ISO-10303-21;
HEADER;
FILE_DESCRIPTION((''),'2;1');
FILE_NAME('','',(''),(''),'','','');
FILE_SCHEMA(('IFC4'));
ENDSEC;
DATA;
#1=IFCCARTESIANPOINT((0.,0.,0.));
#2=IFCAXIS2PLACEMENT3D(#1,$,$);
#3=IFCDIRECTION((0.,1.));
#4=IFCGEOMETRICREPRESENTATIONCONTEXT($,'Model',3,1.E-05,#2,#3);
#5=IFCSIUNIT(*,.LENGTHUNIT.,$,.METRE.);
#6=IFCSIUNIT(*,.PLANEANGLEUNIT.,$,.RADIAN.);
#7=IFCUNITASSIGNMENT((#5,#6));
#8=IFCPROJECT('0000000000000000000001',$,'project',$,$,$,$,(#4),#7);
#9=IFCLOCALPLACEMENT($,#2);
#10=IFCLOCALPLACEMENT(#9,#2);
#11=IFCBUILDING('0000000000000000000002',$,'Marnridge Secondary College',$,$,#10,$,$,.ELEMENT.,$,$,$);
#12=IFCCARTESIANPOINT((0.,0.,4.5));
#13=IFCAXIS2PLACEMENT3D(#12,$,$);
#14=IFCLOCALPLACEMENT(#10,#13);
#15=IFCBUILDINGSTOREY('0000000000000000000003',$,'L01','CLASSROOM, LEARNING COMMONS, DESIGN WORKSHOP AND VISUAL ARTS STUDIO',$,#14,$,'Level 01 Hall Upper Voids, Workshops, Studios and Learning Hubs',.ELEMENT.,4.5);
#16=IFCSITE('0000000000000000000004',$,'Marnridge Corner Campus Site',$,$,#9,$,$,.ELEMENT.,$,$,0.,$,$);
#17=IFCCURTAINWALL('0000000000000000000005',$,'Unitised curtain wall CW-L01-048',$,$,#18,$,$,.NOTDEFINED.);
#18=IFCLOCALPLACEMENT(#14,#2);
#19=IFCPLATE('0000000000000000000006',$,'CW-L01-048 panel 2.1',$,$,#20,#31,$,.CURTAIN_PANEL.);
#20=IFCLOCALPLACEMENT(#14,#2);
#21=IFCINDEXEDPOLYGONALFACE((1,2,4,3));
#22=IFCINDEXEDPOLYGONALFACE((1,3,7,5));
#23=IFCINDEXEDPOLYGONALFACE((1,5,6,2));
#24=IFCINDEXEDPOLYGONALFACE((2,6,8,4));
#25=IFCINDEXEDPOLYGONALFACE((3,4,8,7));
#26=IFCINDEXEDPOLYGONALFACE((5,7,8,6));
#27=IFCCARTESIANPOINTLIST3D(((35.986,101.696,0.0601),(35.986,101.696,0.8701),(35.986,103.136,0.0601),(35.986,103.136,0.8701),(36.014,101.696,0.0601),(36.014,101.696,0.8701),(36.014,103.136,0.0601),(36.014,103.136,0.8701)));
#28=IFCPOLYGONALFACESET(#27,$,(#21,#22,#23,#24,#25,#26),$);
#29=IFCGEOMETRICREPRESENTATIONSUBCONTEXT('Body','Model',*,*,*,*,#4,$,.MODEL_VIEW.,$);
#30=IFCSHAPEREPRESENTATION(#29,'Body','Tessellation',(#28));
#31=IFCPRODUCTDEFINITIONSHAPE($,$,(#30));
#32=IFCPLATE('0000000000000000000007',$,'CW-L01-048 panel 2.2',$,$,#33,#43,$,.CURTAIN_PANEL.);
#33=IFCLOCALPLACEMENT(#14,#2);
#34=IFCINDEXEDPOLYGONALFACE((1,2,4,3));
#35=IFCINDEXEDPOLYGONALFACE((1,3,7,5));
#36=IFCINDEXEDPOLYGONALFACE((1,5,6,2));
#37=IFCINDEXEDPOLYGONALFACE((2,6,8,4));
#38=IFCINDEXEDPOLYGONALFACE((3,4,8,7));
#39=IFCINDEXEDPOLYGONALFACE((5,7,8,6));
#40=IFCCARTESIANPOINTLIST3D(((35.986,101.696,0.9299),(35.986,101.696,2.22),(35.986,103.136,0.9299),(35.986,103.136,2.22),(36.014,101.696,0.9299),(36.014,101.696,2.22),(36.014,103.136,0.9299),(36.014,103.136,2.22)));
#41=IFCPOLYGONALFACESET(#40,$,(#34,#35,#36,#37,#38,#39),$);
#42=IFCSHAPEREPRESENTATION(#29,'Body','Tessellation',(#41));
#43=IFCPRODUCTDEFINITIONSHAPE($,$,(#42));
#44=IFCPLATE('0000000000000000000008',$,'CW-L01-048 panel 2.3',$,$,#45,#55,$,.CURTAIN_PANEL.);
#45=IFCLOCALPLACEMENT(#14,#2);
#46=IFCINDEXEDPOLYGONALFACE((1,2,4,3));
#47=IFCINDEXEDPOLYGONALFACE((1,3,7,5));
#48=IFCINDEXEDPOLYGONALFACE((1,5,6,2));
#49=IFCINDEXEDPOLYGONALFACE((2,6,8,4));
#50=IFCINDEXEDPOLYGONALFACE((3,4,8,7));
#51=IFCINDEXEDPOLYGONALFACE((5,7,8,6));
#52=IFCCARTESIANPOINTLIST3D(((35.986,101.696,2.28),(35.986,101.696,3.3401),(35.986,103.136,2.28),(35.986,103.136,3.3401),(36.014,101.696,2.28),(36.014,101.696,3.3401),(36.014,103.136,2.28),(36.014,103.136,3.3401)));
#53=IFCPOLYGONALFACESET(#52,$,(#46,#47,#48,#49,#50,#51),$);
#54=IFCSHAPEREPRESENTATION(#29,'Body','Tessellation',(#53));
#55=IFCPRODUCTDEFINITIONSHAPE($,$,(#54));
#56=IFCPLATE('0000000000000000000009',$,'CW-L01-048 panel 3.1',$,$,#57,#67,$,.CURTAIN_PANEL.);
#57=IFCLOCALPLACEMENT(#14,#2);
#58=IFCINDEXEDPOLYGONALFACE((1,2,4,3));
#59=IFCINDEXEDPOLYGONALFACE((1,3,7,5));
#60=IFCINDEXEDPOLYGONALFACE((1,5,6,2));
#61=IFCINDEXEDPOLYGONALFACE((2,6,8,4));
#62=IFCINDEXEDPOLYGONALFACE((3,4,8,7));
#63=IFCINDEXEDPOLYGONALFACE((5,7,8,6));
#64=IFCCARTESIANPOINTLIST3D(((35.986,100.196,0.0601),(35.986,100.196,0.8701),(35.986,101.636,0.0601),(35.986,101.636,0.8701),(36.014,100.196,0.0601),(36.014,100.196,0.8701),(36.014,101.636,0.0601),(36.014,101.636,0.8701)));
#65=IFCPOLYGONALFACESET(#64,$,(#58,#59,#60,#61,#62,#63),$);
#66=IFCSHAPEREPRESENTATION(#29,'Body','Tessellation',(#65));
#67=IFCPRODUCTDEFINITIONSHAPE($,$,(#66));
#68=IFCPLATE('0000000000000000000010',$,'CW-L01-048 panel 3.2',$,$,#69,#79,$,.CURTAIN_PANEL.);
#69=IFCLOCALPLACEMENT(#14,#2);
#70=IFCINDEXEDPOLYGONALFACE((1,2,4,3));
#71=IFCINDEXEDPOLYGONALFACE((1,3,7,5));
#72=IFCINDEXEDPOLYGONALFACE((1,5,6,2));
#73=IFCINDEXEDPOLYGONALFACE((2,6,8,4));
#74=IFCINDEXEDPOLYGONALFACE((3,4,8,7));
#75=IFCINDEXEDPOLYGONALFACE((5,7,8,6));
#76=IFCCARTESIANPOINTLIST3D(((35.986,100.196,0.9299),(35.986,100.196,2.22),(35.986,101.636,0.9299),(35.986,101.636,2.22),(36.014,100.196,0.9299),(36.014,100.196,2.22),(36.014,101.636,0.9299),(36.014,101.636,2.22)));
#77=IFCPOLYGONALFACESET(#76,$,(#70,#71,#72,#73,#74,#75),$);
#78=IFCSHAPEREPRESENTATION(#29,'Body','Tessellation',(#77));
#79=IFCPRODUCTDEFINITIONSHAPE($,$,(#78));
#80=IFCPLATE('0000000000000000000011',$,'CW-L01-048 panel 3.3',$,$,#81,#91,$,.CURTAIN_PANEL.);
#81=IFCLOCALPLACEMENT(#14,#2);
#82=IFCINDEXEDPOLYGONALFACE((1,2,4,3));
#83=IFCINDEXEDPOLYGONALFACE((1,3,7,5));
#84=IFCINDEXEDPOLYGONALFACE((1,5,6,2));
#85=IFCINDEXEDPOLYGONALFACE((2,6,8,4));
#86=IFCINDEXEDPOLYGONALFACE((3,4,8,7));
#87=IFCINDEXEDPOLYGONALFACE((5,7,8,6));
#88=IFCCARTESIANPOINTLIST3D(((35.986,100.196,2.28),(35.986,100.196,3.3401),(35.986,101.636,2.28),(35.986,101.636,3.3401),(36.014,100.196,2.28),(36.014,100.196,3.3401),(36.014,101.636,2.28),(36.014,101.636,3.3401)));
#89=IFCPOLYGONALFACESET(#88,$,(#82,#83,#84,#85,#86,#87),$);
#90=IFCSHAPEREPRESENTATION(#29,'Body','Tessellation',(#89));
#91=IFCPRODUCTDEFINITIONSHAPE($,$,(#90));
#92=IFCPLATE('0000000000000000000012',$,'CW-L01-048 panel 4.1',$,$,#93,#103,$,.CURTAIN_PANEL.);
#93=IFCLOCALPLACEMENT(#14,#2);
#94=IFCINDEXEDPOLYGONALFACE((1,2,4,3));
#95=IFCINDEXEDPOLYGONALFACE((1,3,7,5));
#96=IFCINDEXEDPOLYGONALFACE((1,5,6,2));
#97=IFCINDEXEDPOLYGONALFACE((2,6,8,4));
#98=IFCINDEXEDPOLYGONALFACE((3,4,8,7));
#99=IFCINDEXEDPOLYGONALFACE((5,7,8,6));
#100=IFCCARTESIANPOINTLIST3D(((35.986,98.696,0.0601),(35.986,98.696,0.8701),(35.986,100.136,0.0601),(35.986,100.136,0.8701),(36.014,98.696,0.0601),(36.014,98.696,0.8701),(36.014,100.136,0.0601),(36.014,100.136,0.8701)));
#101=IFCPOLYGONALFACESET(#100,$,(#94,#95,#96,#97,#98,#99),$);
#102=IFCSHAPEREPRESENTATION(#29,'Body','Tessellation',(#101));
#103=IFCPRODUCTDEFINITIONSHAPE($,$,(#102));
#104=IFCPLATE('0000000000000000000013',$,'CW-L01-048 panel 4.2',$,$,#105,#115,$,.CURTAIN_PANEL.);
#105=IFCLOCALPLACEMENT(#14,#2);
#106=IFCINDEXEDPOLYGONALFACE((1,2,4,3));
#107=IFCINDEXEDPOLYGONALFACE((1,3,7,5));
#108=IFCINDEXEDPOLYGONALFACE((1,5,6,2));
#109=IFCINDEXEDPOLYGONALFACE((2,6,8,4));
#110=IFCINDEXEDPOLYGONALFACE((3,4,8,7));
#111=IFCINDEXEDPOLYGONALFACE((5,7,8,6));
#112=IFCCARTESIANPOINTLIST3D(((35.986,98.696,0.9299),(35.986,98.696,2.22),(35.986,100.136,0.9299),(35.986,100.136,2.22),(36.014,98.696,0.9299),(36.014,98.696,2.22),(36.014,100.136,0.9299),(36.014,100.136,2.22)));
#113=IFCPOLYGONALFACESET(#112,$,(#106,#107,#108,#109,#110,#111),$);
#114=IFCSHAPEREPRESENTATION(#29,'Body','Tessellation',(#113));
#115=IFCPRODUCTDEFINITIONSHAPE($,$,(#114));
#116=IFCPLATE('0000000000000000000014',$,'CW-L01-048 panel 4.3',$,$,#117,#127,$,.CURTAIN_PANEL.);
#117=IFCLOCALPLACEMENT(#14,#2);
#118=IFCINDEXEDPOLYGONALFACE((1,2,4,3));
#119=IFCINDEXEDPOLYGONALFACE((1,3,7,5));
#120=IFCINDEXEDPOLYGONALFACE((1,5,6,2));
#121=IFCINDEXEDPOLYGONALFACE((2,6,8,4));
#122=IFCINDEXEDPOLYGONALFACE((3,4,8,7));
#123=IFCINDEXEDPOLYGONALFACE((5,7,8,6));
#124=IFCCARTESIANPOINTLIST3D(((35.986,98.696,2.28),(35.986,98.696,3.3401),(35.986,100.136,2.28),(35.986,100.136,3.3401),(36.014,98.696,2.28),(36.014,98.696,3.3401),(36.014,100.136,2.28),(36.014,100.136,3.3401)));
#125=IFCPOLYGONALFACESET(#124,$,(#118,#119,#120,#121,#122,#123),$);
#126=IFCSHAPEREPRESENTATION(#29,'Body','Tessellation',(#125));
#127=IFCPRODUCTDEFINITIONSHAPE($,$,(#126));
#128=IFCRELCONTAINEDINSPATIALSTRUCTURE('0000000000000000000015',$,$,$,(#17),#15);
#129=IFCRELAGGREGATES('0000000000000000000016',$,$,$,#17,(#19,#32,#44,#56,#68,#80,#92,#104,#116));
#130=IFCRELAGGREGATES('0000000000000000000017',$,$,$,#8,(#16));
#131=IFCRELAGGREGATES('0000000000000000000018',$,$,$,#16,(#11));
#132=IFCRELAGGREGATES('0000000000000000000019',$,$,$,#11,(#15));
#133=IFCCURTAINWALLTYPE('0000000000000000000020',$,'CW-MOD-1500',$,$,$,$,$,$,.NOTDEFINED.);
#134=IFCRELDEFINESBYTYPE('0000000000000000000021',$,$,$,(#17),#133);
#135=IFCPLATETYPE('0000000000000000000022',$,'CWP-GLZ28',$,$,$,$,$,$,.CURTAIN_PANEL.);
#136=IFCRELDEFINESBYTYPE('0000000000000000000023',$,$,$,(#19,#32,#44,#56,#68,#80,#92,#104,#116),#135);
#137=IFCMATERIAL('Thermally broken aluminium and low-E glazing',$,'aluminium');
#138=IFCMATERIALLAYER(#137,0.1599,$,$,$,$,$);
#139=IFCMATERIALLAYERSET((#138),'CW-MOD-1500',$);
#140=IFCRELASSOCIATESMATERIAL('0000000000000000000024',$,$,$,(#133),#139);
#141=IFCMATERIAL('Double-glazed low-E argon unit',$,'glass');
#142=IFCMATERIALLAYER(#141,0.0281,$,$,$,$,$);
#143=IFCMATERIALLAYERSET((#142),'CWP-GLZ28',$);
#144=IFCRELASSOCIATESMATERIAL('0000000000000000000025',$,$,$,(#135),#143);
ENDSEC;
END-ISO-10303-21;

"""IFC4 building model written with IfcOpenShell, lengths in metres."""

from ifc_helpers import new_model, si_unit, direction, frame, origin, origin_2d, place, context, subcontext, project, spatial, rectangle, extrude, material, layer, layer_set, type_object, element, aggregate, save


model = new_model("IFC4")

# Units and contexts
model_context = context("Model", 3, precision=1e-05, world=origin(), true_north=direction((0.0, 1.0)))
body_context = subcontext(model_context, "Body", "Model", "MODEL_VIEW")
ifc_project = project(units=[si_unit("LENGTHUNIT", "METRE"), si_unit("PLANEANGLEUNIT", "RADIAN")], contexts=[model_context])

# Site, building, storey
site_placement = place(None, origin())
site = spatial("IfcSite", under=ifc_project, at=site_placement, Name="Marnridge Corner Campus Site", CompositionType="ELEMENT", RefElevation=0.0)
building_placement = place(site_placement, origin())
building = spatial("IfcBuilding", under=site, at=building_placement, Name="Marnridge Secondary College", CompositionType="ELEMENT")
storey_placement = place(building_placement, frame((0.0, 0.0, 4.5)))
storey = spatial("IfcBuildingStorey", under=building, at=storey_placement, Name="L01", Description="CLASSROOM, LEARNING COMMONS, DESIGN WORKSHOP AND VISUAL ARTS STUDIO", LongName="Level 01 Hall Upper Voids, Workshops, Studios and Learning Hubs", CompositionType="ELEMENT", Elevation=4.5)

# Curtain wall, plates
ifc_material_1 = material(Name="Thermally broken aluminium and low-E glazing", Category="aluminium")
ifc_layer_1 = layer(ifc_material_1, 0.1599)
ifc_layer_set_1 = layer_set([ifc_layer_1], Name="CW-MOD-1500")
curtain_wall_type = type_object("IfcCurtainWallType", Name="CW-MOD-1500", PredefinedType="NOTDEFINED", material=ifc_layer_set_1)
curtain_wall_placement = place(storey_placement, origin())
curtain_wall = element("IfcCurtainWall", 1, at=curtain_wall_placement, inside=storey, type_object=curtain_wall_type, Name="Unitised curtain wall CW-L01-048", PredefinedType="NOTDEFINED")
ifc_material_2 = material(Name="Double-glazed low-E argon unit", Category="glass")
ifc_layer_2 = layer(ifc_material_2, 0.0281)
ifc_layer_set_2 = layer_set([ifc_layer_2], Name="CWP-GLZ28")
plate_type = type_object("IfcPlateType", Name="CWP-GLZ28", PredefinedType="CURTAIN_PANEL", material=ifc_layer_set_2)
plate_1_placement = place(storey_placement, frame((36.0, 102.416, 0.0601), z_axis=(0.0, 0.0, 1.0), x_axis=(0.0, -1.0, 0.0)))
plate_1 = element("IfcPlate", 2, at=plate_1_placement, type_object=plate_type, Name="CW-L01-048 panel 2.1", PredefinedType="CURTAIN_PANEL", context=body_context, shape_type="SweptSolid", body=[
    extrude(rectangle(XDim=1.4399, YDim=0.0281, at=origin_2d()), origin(), (0.0, 0.0, 1.0), 0.8101),
])
plate_2_placement = place(storey_placement, frame((36.0, 102.416, 0.9299), z_axis=(0.0, 0.0, 1.0), x_axis=(0.0, -1.0, 0.0)))
plate_2 = element("IfcPlate", 3, at=plate_2_placement, type_object=plate_type, Name="CW-L01-048 panel 2.2", PredefinedType="CURTAIN_PANEL", context=body_context, shape_type="SweptSolid", body=[
    extrude(rectangle(XDim=1.4399, YDim=0.0281, at=origin_2d()), origin(), (0.0, 0.0, 1.0), 1.29),
])
plate_3_placement = place(storey_placement, frame((36.0, 102.416, 2.28), z_axis=(0.0, 0.0, 1.0), x_axis=(0.0, -1.0, 0.0)))
plate_3 = element("IfcPlate", 4, at=plate_3_placement, type_object=plate_type, Name="CW-L01-048 panel 2.3", PredefinedType="CURTAIN_PANEL", context=body_context, shape_type="SweptSolid", body=[
    extrude(rectangle(XDim=1.4399, YDim=0.0281, at=origin_2d()), origin(), (0.0, 0.0, 1.0), 1.0601),
])
plate_4_placement = place(storey_placement, frame((36.0, 100.916, 0.0601), z_axis=(0.0, 0.0, 1.0), x_axis=(0.0, -1.0, 0.0)))
plate_4 = element("IfcPlate", 5, at=plate_4_placement, type_object=plate_type, Name="CW-L01-048 panel 3.1", PredefinedType="CURTAIN_PANEL", context=body_context, shape_type="SweptSolid", body=[
    extrude(rectangle(XDim=1.4399, YDim=0.0281, at=origin_2d()), origin(), (0.0, 0.0, 1.0), 0.8101),
])
plate_5_placement = place(storey_placement, frame((36.0, 100.916, 0.9299), z_axis=(0.0, 0.0, 1.0), x_axis=(0.0, -1.0, 0.0)))
plate_5 = element("IfcPlate", 6, at=plate_5_placement, type_object=plate_type, Name="CW-L01-048 panel 3.2", PredefinedType="CURTAIN_PANEL", context=body_context, shape_type="SweptSolid", body=[
    extrude(rectangle(XDim=1.4399, YDim=0.0281, at=origin_2d()), origin(), (0.0, 0.0, 1.0), 1.29),
])
plate_6_placement = place(storey_placement, frame((36.0, 100.916, 2.28), z_axis=(0.0, 0.0, 1.0), x_axis=(0.0, -1.0, 0.0)))
plate_6 = element("IfcPlate", 7, at=plate_6_placement, type_object=plate_type, Name="CW-L01-048 panel 3.3", PredefinedType="CURTAIN_PANEL", context=body_context, shape_type="SweptSolid", body=[
    extrude(rectangle(XDim=1.4399, YDim=0.0281, at=origin_2d()), origin(), (0.0, 0.0, 1.0), 1.0601),
])
plate_7_placement = place(storey_placement, frame((36.0, 99.416, 0.0601), z_axis=(0.0, 0.0, 1.0), x_axis=(0.0, -1.0, 0.0)))
plate_7 = element("IfcPlate", 8, at=plate_7_placement, type_object=plate_type, Name="CW-L01-048 panel 4.1", PredefinedType="CURTAIN_PANEL", context=body_context, shape_type="SweptSolid", body=[
    extrude(rectangle(XDim=1.4399, YDim=0.0281, at=origin_2d()), origin(), (0.0, 0.0, 1.0), 0.8101),
])
plate_8_placement = place(storey_placement, frame((36.0, 99.416, 0.9299), z_axis=(0.0, 0.0, 1.0), x_axis=(0.0, -1.0, 0.0)))
plate_8 = element("IfcPlate", 9, at=plate_8_placement, type_object=plate_type, Name="CW-L01-048 panel 4.2", PredefinedType="CURTAIN_PANEL", context=body_context, shape_type="SweptSolid", body=[
    extrude(rectangle(XDim=1.4399, YDim=0.0281, at=origin_2d()), origin(), (0.0, 0.0, 1.0), 1.29),
])
plate_9_placement = place(storey_placement, frame((36.0, 99.416, 2.28), z_axis=(0.0, 0.0, 1.0), x_axis=(0.0, -1.0, 0.0)))
plate_9 = element("IfcPlate", 10, at=plate_9_placement, type_object=plate_type, Name="CW-L01-048 panel 4.3", PredefinedType="CURTAIN_PANEL", context=body_context, shape_type="SweptSolid", body=[
    extrude(rectangle(XDim=1.4399, YDim=0.0281, at=origin_2d()), origin(), (0.0, 0.0, 1.0), 1.0601),
])
aggregate(curtain_wall, [plate_1, plate_2, plate_3, plate_4, plate_5, plate_6, plate_7, plate_8, plate_9])

save(model, "model.ifc")
